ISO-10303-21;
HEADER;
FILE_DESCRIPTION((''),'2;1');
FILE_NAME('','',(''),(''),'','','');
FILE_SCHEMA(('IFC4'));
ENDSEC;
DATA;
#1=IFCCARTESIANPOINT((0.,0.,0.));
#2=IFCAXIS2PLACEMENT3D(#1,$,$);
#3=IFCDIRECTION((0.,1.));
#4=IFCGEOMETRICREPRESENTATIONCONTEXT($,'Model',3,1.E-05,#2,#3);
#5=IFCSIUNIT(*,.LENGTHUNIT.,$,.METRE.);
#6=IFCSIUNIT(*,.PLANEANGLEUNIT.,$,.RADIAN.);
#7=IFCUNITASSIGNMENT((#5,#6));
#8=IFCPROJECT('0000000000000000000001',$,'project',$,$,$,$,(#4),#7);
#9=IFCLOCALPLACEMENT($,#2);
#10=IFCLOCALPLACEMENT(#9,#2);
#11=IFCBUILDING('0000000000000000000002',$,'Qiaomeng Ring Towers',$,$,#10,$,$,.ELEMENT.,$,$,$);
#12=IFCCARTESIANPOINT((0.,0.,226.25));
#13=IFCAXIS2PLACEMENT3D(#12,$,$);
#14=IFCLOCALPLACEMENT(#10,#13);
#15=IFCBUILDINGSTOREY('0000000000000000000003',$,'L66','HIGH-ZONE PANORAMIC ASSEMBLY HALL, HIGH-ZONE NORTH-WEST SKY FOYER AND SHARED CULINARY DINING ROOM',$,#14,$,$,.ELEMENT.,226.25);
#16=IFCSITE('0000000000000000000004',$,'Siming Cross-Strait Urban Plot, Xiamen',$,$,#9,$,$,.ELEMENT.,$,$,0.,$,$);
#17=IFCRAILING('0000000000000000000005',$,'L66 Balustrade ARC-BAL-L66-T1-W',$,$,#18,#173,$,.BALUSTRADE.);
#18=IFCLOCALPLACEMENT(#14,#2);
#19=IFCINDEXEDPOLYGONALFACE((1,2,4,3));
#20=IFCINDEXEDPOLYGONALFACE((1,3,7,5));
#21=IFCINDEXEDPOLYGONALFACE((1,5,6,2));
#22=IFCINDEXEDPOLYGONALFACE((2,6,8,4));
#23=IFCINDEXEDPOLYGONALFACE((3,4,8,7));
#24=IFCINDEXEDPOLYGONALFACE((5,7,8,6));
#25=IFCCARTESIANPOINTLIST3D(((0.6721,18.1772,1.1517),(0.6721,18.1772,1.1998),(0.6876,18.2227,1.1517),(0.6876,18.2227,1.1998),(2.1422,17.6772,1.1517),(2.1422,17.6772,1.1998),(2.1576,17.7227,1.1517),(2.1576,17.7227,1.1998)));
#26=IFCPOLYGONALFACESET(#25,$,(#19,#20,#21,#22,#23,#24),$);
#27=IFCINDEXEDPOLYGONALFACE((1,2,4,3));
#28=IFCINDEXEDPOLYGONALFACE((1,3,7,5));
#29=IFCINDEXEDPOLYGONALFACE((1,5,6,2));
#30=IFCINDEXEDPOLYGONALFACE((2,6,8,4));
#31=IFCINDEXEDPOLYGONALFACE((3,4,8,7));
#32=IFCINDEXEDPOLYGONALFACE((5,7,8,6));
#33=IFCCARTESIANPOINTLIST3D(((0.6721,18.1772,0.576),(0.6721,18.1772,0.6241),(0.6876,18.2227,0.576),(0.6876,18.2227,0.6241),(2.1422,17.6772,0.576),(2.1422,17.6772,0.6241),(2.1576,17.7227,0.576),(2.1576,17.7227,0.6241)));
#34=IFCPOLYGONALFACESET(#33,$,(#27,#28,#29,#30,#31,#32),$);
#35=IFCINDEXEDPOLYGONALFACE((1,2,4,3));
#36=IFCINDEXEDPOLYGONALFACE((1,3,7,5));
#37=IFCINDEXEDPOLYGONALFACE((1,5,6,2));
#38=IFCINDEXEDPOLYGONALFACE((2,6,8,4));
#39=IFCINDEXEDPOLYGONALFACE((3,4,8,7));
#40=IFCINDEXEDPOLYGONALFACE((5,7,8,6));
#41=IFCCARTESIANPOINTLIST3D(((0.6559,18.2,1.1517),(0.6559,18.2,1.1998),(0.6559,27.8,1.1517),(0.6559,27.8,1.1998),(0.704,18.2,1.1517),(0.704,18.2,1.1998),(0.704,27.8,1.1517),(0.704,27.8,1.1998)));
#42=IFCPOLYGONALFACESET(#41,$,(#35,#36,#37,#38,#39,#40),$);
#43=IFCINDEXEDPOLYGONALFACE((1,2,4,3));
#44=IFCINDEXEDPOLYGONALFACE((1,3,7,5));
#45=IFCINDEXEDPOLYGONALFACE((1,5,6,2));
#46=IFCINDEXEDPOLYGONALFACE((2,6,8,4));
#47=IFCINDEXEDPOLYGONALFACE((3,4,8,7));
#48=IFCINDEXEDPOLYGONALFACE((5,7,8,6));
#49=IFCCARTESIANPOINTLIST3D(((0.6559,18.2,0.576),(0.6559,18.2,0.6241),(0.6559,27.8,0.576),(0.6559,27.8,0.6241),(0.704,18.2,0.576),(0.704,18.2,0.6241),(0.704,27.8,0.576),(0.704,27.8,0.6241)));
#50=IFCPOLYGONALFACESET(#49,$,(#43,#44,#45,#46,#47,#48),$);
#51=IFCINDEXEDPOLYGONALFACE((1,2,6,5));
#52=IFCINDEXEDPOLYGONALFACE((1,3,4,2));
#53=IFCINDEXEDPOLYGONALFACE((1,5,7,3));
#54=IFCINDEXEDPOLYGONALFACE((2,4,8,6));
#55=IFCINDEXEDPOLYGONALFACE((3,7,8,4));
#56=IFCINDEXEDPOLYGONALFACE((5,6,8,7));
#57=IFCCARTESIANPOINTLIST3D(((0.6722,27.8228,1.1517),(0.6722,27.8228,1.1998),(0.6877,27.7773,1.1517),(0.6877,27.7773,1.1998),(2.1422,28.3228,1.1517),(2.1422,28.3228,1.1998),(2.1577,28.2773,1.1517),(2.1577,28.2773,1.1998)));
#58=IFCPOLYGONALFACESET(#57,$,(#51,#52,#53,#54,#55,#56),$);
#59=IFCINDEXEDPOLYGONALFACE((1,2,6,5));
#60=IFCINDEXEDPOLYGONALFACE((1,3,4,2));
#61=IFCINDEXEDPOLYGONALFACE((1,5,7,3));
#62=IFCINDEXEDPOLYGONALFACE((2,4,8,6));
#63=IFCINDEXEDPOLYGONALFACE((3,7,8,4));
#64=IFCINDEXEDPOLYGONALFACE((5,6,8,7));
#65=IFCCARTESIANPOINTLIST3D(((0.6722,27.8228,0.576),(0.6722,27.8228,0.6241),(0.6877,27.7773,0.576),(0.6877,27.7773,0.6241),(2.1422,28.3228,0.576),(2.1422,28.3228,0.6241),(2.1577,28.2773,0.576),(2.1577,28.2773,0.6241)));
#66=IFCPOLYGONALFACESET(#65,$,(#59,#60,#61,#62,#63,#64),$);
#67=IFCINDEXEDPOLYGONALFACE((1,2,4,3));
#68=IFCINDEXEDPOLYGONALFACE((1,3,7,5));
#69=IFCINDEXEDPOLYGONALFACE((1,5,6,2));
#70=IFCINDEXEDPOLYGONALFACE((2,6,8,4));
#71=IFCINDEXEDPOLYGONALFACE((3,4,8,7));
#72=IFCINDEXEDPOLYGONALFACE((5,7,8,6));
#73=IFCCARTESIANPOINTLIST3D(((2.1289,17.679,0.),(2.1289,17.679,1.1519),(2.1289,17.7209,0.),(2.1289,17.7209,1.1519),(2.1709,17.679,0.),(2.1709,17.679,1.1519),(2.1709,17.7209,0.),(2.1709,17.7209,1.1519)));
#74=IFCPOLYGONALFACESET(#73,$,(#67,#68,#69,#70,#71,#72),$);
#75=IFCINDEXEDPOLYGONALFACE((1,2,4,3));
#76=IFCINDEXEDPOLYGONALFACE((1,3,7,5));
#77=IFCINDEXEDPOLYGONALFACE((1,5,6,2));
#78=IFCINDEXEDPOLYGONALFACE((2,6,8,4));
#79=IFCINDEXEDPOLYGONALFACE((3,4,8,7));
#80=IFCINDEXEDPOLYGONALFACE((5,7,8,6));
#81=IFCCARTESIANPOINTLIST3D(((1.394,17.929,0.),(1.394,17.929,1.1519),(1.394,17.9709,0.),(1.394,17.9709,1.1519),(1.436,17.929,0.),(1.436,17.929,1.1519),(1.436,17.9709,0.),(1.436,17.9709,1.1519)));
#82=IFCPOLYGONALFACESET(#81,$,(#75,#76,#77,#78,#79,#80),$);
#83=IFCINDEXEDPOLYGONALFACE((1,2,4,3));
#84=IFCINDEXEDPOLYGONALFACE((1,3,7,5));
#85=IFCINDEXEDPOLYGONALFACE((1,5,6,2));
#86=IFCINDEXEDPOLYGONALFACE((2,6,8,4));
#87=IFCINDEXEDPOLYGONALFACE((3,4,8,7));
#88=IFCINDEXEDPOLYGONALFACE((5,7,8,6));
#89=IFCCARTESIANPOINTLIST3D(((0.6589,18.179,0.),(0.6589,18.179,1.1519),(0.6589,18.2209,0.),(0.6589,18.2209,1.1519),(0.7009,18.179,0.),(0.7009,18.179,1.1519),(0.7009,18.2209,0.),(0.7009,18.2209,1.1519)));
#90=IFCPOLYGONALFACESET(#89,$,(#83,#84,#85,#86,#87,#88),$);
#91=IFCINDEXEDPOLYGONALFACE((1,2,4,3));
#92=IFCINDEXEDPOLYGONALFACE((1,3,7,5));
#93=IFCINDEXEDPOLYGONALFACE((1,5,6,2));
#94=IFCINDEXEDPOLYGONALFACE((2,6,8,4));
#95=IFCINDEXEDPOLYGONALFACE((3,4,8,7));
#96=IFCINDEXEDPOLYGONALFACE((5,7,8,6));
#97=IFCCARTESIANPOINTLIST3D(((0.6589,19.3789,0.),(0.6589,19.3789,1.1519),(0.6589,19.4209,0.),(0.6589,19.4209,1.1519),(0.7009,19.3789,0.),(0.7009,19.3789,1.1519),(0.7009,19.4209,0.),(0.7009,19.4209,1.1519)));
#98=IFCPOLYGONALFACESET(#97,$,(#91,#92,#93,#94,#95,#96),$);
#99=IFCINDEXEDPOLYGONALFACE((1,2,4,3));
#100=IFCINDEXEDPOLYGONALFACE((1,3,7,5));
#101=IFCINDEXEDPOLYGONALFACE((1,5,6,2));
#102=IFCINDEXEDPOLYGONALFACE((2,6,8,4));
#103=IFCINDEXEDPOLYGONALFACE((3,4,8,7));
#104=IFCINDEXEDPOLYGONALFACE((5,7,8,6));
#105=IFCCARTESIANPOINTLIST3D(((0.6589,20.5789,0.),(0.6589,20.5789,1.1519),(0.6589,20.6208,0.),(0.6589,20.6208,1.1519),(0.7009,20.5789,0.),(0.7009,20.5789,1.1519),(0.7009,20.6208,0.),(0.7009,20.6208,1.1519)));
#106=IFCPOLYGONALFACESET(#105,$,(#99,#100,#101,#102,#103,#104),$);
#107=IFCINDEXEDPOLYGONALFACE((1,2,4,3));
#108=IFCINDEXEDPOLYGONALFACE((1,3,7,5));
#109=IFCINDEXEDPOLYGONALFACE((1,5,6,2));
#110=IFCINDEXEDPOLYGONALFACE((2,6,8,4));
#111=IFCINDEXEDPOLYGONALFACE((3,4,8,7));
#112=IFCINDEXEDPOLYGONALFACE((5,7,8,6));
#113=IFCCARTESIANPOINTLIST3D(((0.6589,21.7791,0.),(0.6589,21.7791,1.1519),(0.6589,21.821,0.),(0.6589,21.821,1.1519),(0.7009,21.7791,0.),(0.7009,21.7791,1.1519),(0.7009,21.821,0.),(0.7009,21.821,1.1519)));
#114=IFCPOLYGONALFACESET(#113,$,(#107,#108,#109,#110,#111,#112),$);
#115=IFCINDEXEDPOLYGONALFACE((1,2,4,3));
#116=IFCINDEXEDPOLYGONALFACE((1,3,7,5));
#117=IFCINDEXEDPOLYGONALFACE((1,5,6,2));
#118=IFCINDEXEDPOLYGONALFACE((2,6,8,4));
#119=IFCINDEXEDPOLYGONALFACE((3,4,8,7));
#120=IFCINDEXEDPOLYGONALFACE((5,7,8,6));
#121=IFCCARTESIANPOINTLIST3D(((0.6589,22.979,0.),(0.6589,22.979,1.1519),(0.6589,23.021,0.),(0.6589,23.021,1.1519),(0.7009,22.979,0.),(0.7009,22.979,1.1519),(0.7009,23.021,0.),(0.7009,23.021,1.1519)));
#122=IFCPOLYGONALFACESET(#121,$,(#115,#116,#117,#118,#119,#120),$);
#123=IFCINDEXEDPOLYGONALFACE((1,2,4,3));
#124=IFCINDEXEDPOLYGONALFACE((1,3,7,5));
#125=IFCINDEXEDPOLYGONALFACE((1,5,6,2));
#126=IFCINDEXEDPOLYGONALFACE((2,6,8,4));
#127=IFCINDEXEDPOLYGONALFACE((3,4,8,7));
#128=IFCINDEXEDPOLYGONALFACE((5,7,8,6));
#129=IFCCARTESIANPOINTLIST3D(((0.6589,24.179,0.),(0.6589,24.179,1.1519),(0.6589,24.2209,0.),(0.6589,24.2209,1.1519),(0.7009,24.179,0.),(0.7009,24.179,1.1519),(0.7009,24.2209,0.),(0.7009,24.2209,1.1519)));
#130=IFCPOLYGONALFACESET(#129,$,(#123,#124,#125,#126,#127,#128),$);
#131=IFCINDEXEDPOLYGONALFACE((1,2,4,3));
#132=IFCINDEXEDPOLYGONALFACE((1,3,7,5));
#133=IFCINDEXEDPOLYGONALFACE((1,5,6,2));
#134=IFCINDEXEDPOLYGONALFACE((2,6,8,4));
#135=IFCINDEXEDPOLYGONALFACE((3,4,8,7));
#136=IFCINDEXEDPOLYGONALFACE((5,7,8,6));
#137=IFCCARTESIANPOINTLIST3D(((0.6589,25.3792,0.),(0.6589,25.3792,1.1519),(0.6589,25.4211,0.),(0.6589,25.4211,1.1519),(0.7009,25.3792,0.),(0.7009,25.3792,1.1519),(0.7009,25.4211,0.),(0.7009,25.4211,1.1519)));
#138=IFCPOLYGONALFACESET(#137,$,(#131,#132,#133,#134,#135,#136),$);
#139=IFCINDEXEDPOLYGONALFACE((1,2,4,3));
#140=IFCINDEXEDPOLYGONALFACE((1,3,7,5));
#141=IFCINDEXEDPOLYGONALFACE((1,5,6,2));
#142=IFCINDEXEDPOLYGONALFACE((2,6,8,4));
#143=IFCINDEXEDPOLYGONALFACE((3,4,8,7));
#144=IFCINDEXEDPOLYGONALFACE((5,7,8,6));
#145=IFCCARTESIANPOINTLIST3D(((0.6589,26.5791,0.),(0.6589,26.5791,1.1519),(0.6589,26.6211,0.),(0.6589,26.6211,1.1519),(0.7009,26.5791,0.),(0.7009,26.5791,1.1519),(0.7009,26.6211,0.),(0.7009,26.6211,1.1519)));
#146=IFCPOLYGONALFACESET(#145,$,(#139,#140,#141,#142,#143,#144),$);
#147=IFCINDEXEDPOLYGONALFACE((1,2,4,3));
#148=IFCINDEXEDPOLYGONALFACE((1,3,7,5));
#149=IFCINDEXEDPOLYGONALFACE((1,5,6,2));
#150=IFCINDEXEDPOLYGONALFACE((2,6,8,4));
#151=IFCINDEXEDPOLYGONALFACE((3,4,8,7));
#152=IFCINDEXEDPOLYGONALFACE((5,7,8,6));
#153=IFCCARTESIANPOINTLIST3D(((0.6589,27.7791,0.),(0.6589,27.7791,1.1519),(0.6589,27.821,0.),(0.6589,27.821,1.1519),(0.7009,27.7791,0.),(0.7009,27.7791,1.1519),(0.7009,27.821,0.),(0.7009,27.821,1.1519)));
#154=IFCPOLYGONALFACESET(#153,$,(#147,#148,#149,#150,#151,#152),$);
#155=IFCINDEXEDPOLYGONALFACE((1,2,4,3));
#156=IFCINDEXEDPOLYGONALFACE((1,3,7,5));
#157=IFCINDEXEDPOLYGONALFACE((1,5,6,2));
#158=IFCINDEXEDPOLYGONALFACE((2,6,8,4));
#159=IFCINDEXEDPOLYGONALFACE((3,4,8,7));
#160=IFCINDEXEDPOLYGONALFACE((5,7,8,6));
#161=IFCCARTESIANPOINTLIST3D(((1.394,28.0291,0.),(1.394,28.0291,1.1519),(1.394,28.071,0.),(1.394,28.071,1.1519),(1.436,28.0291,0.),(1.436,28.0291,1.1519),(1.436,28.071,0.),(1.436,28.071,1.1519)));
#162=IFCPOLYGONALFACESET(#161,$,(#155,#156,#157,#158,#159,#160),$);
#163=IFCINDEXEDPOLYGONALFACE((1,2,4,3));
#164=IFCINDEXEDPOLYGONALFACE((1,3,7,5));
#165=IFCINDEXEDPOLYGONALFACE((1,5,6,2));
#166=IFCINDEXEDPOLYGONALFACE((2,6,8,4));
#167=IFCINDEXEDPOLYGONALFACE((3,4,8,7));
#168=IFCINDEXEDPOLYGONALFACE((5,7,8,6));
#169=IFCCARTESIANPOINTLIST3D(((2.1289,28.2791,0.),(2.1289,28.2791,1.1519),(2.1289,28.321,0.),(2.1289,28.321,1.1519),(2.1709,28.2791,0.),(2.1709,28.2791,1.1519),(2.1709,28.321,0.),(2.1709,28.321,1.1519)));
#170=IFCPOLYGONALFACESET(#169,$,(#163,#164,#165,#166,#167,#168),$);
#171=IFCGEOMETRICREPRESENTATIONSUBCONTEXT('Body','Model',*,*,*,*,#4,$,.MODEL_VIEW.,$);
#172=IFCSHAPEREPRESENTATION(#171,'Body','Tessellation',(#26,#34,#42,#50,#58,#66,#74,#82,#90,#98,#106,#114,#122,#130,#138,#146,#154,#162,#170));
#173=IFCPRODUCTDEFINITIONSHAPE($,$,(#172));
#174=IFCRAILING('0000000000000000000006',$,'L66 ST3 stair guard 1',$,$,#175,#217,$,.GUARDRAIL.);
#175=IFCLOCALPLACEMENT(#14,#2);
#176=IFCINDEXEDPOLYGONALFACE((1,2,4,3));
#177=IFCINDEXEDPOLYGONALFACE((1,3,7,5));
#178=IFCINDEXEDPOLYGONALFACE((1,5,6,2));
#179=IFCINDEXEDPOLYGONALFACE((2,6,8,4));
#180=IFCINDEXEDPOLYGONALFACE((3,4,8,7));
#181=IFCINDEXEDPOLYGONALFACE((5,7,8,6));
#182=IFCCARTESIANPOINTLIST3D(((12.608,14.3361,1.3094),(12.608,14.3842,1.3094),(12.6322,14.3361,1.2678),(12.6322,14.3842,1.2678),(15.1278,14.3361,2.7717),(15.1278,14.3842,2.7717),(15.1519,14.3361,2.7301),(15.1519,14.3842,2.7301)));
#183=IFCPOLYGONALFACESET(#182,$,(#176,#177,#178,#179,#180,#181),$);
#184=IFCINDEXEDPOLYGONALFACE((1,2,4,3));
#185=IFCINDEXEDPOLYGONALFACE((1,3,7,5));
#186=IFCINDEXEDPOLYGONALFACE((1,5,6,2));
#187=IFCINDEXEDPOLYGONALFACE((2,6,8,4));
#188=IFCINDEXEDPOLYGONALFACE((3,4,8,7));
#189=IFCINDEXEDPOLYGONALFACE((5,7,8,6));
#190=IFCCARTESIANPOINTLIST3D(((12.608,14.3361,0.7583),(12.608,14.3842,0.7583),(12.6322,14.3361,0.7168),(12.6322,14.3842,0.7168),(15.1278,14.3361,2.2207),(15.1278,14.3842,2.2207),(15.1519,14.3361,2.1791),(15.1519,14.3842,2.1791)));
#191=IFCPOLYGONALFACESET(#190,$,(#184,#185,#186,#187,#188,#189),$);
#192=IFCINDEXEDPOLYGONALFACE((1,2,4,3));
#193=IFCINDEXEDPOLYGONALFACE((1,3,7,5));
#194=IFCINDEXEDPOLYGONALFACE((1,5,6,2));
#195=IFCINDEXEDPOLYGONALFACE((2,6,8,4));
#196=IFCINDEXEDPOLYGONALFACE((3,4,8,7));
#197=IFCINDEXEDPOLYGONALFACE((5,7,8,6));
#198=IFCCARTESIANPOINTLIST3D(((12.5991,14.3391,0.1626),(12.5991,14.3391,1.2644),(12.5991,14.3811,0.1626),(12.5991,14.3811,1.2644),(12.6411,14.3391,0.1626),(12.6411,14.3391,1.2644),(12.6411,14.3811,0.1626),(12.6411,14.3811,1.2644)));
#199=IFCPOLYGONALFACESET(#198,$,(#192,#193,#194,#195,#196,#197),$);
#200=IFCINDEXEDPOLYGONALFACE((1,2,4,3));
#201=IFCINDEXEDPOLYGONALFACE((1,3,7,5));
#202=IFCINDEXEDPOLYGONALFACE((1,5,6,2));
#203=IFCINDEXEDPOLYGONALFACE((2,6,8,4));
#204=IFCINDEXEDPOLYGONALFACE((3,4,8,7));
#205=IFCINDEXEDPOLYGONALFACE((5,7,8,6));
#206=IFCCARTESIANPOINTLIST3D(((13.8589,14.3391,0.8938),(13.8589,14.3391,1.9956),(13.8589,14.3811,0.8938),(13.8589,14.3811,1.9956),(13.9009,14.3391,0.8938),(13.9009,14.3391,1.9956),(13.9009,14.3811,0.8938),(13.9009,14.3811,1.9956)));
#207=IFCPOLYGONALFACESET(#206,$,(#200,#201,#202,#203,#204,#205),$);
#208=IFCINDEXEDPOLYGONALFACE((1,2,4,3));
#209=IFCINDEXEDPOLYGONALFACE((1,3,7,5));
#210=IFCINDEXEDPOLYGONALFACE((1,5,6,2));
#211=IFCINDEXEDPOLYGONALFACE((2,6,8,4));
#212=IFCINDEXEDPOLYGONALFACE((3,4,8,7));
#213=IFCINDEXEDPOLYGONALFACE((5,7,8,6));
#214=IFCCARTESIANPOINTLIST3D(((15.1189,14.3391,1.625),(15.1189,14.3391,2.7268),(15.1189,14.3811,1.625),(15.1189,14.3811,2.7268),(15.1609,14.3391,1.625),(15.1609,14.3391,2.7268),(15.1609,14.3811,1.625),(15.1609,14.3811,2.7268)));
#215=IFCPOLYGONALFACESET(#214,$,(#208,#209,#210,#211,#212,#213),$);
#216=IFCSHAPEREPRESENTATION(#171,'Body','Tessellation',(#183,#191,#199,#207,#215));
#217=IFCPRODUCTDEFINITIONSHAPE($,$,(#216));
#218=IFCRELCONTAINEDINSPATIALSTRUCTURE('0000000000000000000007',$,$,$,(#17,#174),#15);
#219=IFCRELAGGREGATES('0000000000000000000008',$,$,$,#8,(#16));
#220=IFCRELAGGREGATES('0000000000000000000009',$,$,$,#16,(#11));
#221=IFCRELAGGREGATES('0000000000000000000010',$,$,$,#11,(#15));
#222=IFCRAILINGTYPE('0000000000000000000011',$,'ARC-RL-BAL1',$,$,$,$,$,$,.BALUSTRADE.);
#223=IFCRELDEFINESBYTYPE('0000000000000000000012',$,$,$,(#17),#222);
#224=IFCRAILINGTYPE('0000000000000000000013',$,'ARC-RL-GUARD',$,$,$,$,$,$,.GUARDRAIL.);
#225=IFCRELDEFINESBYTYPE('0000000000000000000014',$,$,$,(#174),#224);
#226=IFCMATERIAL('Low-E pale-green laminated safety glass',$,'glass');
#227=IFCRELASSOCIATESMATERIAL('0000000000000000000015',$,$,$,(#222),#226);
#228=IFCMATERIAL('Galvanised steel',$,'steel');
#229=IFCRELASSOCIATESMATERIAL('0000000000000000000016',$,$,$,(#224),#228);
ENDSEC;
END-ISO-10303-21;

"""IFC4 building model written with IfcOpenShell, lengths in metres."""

from ifc_helpers import new_model, si_unit, direction, frame, origin, origin_2d, place, context, subcontext, project, spatial, rectangle, extrude, material, type_object, element, save


model = new_model("IFC4")

# Units and contexts
model_context = context("Model", 3, precision=1e-05, world=origin(), true_north=direction((0.0, 1.0)))
body_context = subcontext(model_context, "Body", "Model", "MODEL_VIEW")
ifc_project = project(units=[si_unit("LENGTHUNIT", "METRE"), si_unit("PLANEANGLEUNIT", "RADIAN")], contexts=[model_context])

# Site, building, storey
site_placement = place(None, origin())
site = spatial("IfcSite", under=ifc_project, at=site_placement, Name="Siming Cross-Strait Urban Plot, Xiamen", CompositionType="ELEMENT", RefElevation=0.0)
building_placement = place(site_placement, origin())
building = spatial("IfcBuilding", under=site, at=building_placement, Name="Qiaomeng Ring Towers", CompositionType="ELEMENT")
storey_placement = place(building_placement, frame((0.0, 0.0, 226.25)))
storey = spatial("IfcBuildingStorey", under=building, at=storey_placement, Name="L66", Description="HIGH-ZONE PANORAMIC ASSEMBLY HALL, HIGH-ZONE NORTH-WEST SKY FOYER AND SHARED CULINARY DINING ROOM", CompositionType="ELEMENT", Elevation=226.25)

# Shared definitions
ifc_material_1 = material(Name="Galvanised steel", Category="steel")

# Railings
ifc_material_2 = material(Name="Low-E pale-green laminated safety glass", Category="glass")
railing_type_1 = type_object("IfcRailingType", Name="ARC-RL-BAL1", PredefinedType="BALUSTRADE", material=ifc_material_2)
railing_1_placement = place(storey_placement, frame((2.1499, 17.7, 0.0)))
element("IfcRailing", 1, at=railing_1_placement, inside=storey, type_object=railing_type_1, Name="L66 Balustrade ARC-BAL-L66-T1-W", PredefinedType="BALUSTRADE", context=body_context, shape_type="SweptSolid", body=[
    extrude(rectangle(XDim=0.0481, YDim=0.0481, at=origin_2d()), frame((0.0, 0.0, 1.1758), z_axis=(-0.946732, 0.322024, 0.0), x_axis=(-0.322024, -0.946732, 0.0)), (0.0, 0.0, 1.0), 1.5527),
    extrude(rectangle(XDim=0.0481, YDim=0.0481, at=origin_2d()), frame((0.0, 0.0, 0.6001), z_axis=(-0.946732, 0.322024, 0.0), x_axis=(-0.322024, -0.946732, 0.0)), (0.0, 0.0, 1.0), 1.5527),
    extrude(rectangle(XDim=0.0481, YDim=0.0481, at=origin_2d()), frame((-1.47, 0.5, 1.1758), z_axis=(0.0, 1.0, 0.0), x_axis=(-1.0, 0.0, 0.0)), (0.0, 0.0, 1.0), 9.6001),
    extrude(rectangle(XDim=0.0481, YDim=0.0481, at=origin_2d()), frame((-1.47, 0.5, 0.6001), z_axis=(0.0, 1.0, 0.0), x_axis=(-1.0, 0.0, 0.0)), (0.0, 0.0, 1.0), 9.6001),
    extrude(rectangle(XDim=0.0481, YDim=0.0481, at=origin_2d()), frame((-1.47, 10.1001, 1.1758), z_axis=(0.946732, 0.322024, 0.0), x_axis=(-0.322024, 0.946732, 0.0)), (0.0, 0.0, 1.0), 1.5527),
    extrude(rectangle(XDim=0.0481, YDim=0.0481, at=origin_2d()), frame((-1.47, 10.1001, 0.6001), z_axis=(0.946732, 0.322024, 0.0), x_axis=(-0.322024, 0.946732, 0.0)), (0.0, 0.0, 1.0), 1.5527),
    extrude(rectangle(XDim=0.042, YDim=0.042, at=origin_2d()), origin(), (0.0, 0.0, 1.0), 1.1519),
    extrude(rectangle(XDim=0.042, YDim=0.042, at=origin_2d()), frame((-0.7349, 0.25, 0.0)), (0.0, 0.0, 1.0), 1.1519),
    extrude(rectangle(XDim=0.042, YDim=0.042, at=origin_2d()), frame((-1.47, 0.5, 0.0)), (0.0, 0.0, 1.0), 1.1519),
    extrude(rectangle(XDim=0.042, YDim=0.042, at=origin_2d()), frame((-1.47, 1.7, 0.0)), (0.0, 0.0, 1.0), 1.1519),
    extrude(rectangle(XDim=0.042, YDim=0.042, at=origin_2d()), frame((-1.47, 2.8999, 0.0)), (0.0, 0.0, 1.0), 1.1519),
    extrude(rectangle(XDim=0.042, YDim=0.042, at=origin_2d()), frame((-1.47, 4.1001, 0.0)), (0.0, 0.0, 1.0), 1.1519),
    extrude(rectangle(XDim=0.042, YDim=0.042, at=origin_2d()), frame((-1.47, 5.3, 0.0)), (0.0, 0.0, 1.0), 1.1519),
    extrude(rectangle(XDim=0.042, YDim=0.042, at=origin_2d()), frame((-1.47, 6.5, 0.0)), (0.0, 0.0, 1.0), 1.1519),
    extrude(rectangle(XDim=0.042, YDim=0.042, at=origin_2d()), frame((-1.47, 7.7002, 0.0)), (0.0, 0.0, 1.0), 1.1519),
    extrude(rectangle(XDim=0.042, YDim=0.042, at=origin_2d()), frame((-1.47, 8.9001, 0.0)), (0.0, 0.0, 1.0), 1.1519),
    extrude(rectangle(XDim=0.042, YDim=0.042, at=origin_2d()), frame((-1.47, 10.1001, 0.0)), (0.0, 0.0, 1.0), 1.1519),
    extrude(rectangle(XDim=0.042, YDim=0.042, at=origin_2d()), frame((-0.7349, 10.3501, 0.0)), (0.0, 0.0, 1.0), 1.1519),
    extrude(rectangle(XDim=0.042, YDim=0.042, at=origin_2d()), frame((0.0, 10.6001, 0.0)), (0.0, 0.0, 1.0), 1.1519),
])
railing_type_2 = type_object("IfcRailingType", Name="ARC-RL-GUARD", PredefinedType="GUARDRAIL", material=ifc_material_1)
railing_2_placement = place(storey_placement, frame((12.6201, 14.3601, 0.1626)))
element("IfcRailing", 2, at=railing_2_placement, inside=storey, type_object=railing_type_2, Name="L66 ST3 stair guard 1", PredefinedType="GUARDRAIL", context=body_context, shape_type="SweptSolid", body=[
    extrude(rectangle(XDim=0.0481, YDim=0.0481, at=origin_2d()), frame((0.0, 0.0, 1.126), z_axis=(0.864892, 0.0, 0.501958), x_axis=(0.0, 1.0, 0.0)), (0.0, 0.0, 1.0), 2.9133),
    extrude(rectangle(XDim=0.0481, YDim=0.0481, at=origin_2d()), frame((0.0, 0.0, 0.575), z_axis=(0.864892, 0.0, 0.501958), x_axis=(0.0, 1.0, 0.0)), (0.0, 0.0, 1.0), 2.9133),
    extrude(rectangle(XDim=0.042, YDim=0.042, at=origin_2d()), origin(), (0.0, 0.0, 1.0), 1.1018),
    extrude(rectangle(XDim=0.042, YDim=0.042, at=origin_2d()), frame((1.2598, 0.0, 0.7312)), (0.0, 0.0, 1.0), 1.1018),
    extrude(rectangle(XDim=0.042, YDim=0.042, at=origin_2d()), frame((2.5198, 0.0, 1.4624)), (0.0, 0.0, 1.0), 1.1018),
])

save(model, "model.ifc")
